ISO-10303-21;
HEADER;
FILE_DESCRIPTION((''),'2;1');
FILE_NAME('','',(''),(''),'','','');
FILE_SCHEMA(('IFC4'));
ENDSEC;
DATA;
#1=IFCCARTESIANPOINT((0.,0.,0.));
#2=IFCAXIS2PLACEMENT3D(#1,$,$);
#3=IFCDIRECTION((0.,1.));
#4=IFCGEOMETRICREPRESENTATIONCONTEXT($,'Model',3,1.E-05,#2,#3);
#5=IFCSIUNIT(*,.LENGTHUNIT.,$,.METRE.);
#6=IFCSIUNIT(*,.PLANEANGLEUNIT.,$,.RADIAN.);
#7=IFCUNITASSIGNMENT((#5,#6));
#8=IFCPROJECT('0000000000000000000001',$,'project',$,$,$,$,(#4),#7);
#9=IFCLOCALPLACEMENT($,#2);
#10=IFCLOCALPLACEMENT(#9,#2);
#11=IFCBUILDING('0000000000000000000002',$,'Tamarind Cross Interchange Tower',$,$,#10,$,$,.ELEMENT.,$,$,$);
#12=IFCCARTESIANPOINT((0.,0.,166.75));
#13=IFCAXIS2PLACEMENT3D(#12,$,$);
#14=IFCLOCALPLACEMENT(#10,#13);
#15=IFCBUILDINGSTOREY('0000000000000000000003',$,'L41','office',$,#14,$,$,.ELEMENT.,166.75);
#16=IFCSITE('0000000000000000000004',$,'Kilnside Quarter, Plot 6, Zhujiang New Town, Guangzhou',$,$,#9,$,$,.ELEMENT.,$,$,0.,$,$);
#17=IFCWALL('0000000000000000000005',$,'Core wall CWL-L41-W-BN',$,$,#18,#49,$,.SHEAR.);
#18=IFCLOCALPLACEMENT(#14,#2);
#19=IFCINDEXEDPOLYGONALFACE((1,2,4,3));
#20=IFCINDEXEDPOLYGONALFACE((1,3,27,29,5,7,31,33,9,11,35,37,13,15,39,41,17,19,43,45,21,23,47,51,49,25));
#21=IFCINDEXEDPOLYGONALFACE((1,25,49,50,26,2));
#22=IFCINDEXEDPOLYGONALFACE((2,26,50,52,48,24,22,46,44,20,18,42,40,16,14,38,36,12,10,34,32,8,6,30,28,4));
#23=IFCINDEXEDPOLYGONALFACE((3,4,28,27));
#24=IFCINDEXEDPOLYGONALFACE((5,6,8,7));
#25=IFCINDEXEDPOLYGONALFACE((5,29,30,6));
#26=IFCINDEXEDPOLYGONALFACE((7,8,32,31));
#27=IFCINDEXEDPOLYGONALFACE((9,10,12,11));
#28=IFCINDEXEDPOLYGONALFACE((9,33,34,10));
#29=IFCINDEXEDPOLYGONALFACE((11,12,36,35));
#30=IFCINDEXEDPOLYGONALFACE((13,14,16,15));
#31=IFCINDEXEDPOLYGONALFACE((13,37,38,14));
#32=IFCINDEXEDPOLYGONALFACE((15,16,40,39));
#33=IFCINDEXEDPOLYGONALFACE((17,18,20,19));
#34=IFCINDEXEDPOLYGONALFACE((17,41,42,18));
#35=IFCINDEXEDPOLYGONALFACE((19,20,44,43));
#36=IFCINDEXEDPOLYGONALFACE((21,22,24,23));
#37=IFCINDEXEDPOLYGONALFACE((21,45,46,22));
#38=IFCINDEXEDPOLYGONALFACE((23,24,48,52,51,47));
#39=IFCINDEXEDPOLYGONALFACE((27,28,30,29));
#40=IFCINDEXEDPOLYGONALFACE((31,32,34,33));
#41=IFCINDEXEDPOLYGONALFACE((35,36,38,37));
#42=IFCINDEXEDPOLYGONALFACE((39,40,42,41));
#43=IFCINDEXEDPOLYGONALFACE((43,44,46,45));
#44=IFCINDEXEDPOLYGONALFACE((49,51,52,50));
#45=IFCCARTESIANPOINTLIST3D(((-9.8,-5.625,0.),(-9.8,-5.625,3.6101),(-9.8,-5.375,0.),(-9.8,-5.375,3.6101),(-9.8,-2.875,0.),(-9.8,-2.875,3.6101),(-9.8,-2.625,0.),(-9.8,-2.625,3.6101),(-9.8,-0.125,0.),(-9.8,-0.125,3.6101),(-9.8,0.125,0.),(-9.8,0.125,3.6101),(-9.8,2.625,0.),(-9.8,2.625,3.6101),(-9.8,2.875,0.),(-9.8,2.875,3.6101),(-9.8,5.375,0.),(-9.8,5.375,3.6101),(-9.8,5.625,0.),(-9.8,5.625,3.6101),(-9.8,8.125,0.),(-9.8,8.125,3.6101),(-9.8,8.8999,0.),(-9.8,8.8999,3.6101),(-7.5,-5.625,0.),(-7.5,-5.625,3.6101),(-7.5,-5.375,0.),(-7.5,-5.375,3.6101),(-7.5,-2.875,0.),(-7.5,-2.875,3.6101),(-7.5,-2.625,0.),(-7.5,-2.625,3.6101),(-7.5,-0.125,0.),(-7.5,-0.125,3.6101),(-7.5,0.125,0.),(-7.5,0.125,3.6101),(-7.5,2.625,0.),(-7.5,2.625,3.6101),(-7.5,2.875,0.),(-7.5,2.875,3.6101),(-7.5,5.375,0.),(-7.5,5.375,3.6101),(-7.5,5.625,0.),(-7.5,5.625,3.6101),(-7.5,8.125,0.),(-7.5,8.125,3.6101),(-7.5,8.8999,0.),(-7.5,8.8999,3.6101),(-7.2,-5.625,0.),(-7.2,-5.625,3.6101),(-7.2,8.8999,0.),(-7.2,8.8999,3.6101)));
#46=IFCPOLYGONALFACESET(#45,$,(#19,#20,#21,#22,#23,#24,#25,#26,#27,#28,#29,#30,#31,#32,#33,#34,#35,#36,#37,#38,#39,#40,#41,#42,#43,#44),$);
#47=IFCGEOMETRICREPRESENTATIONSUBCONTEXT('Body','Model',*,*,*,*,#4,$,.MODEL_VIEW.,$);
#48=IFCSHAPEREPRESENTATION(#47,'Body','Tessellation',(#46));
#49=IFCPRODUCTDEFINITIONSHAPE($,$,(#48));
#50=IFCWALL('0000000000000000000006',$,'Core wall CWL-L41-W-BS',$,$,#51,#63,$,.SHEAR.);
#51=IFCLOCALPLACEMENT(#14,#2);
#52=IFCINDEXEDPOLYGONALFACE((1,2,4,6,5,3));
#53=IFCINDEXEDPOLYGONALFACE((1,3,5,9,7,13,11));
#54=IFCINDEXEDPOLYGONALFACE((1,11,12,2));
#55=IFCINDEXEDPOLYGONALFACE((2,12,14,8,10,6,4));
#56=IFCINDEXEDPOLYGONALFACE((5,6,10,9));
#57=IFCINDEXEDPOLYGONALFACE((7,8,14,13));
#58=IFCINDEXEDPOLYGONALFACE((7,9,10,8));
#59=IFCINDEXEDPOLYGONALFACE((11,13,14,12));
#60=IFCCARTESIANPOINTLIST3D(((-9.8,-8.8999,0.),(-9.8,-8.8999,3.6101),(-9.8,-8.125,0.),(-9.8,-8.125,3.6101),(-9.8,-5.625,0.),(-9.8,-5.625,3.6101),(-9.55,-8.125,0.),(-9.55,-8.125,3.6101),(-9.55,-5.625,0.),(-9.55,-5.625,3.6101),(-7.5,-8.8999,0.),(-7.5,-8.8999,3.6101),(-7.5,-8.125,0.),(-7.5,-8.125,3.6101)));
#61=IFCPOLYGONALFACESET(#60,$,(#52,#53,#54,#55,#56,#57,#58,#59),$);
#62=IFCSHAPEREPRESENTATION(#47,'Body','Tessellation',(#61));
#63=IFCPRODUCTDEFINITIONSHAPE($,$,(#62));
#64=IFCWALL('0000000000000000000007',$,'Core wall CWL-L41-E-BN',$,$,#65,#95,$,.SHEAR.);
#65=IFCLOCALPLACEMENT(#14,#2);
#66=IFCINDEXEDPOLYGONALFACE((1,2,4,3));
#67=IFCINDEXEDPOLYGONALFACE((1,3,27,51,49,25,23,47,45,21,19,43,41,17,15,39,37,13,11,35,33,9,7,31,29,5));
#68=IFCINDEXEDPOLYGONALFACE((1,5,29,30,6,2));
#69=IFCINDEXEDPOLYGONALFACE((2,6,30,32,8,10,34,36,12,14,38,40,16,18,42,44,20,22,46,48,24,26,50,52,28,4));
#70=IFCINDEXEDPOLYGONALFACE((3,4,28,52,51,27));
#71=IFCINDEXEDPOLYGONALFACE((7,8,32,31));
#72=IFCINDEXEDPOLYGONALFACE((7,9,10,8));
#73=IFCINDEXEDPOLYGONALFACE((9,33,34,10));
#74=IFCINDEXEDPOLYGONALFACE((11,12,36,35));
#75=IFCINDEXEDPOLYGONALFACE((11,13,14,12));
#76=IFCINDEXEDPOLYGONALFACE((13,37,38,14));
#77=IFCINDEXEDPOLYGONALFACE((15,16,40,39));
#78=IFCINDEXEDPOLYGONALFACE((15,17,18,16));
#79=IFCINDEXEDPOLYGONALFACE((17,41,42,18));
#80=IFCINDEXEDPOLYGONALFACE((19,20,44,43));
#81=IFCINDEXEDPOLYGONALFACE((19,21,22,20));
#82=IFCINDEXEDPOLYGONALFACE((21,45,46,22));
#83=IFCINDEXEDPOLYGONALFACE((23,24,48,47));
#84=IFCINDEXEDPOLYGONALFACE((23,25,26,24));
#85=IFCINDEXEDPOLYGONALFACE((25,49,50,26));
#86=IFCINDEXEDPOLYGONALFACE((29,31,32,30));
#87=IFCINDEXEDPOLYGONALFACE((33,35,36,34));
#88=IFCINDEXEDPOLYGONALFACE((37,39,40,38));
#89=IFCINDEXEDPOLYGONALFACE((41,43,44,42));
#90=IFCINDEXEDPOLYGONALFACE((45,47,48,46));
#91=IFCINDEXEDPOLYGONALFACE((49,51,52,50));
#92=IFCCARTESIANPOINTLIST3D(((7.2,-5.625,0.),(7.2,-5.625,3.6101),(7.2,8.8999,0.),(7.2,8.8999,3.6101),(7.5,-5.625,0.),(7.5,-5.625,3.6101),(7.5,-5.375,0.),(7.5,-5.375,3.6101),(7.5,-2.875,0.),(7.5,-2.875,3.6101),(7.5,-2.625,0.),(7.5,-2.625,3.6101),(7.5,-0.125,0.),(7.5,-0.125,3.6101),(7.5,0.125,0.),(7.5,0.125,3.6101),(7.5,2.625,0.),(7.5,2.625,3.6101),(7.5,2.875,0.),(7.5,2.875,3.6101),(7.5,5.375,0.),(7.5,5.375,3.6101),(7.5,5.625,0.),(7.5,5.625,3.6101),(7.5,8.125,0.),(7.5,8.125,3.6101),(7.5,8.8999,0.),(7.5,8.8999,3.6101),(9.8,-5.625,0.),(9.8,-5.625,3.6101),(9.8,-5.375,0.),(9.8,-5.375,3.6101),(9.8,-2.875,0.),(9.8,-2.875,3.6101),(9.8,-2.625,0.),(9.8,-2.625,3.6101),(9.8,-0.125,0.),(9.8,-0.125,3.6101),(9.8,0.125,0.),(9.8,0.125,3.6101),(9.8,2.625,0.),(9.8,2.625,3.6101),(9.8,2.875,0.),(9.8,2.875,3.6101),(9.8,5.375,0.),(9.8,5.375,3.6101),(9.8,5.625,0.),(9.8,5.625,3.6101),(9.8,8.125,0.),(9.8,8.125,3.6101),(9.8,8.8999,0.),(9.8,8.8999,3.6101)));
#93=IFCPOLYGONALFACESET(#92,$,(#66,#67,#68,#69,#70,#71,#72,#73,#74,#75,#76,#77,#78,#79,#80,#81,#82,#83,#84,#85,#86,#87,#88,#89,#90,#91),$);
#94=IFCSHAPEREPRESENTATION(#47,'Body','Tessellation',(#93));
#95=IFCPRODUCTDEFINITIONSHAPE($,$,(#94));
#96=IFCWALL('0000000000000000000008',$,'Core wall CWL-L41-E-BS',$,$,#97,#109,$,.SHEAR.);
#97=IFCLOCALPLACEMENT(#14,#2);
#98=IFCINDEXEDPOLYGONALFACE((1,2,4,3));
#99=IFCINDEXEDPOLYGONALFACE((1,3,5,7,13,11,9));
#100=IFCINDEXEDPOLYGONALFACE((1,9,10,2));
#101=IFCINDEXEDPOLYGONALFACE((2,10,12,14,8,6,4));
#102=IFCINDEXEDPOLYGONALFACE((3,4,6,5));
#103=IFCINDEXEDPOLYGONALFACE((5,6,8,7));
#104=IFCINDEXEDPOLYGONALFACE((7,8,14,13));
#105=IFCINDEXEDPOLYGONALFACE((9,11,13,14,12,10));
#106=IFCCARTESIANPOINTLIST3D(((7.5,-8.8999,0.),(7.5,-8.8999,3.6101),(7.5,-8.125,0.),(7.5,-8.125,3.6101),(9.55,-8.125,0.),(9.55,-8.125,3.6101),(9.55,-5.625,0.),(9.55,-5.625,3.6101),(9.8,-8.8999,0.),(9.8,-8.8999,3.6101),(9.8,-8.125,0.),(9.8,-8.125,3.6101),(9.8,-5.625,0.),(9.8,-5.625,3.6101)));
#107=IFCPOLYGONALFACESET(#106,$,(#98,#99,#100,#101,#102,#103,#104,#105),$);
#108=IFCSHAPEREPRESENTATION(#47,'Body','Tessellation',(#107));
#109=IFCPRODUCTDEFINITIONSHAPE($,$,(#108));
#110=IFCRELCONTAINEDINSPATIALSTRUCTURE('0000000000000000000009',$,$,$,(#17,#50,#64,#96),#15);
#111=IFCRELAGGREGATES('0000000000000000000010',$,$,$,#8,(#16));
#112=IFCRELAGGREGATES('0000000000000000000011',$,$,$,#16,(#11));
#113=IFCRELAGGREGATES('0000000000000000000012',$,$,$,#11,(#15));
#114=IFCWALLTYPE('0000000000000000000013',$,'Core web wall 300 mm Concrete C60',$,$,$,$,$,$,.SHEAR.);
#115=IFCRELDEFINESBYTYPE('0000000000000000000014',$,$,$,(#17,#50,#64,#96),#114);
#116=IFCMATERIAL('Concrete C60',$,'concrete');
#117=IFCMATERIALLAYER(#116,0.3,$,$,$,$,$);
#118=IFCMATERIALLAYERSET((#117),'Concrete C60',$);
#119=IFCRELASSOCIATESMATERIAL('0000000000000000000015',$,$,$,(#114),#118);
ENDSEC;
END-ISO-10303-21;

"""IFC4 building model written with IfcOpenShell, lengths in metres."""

from ifc_helpers import new_model, si_unit, direction, frame, origin, place, context, subcontext, project, spatial, polyline, outline, extrude, material, layer, layer_set, type_object, element, save


model = new_model("IFC4")

# Units and contexts
model_context = context("Model", 3, precision=1e-05, world=origin(), true_north=direction((0.0, 1.0)))
body_context = subcontext(model_context, "Body", "Model", "MODEL_VIEW")
ifc_project = project(units=[si_unit("LENGTHUNIT", "METRE"), si_unit("PLANEANGLEUNIT", "RADIAN")], contexts=[model_context])

# Site, building, storey
site_placement = place(None, origin())
site = spatial("IfcSite", under=ifc_project, at=site_placement, Name="Kilnside Quarter, Plot 6, Zhujiang New Town, Guangzhou", CompositionType="ELEMENT", RefElevation=0.0)
building_placement = place(site_placement, origin())
building = spatial("IfcBuilding", under=site, at=building_placement, Name="Tamarind Cross Interchange Tower", CompositionType="ELEMENT")
storey_placement = place(building_placement, frame((0.0, 0.0, 166.75)))
storey = spatial("IfcBuildingStorey", under=building, at=storey_placement, Name="L41", Description="office", CompositionType="ELEMENT", Elevation=166.75)

# Walls
ifc_material_1 = material(Name="Concrete C60", Category="concrete")
ifc_layer_1 = layer(ifc_material_1, 0.3)
ifc_layer_set_1 = layer_set([ifc_layer_1], Name="Concrete C60")
wall_type_1 = type_object("IfcWallType", Name="Core web wall 300 mm Concrete C60", PredefinedType="SHEAR", material=ifc_layer_set_1)
wall_1_placement = place(storey_placement, origin())
element("IfcWall", 1, at=wall_1_placement, inside=storey, type_object=wall_type_1, Name="Core wall CWL-L41-W-BN", PredefinedType="SHEAR", context=body_context, shape_type="SweptSolid", body=[
    extrude(outline(polyline([(-9.8, -5.375), (-9.8, -5.625), (-7.5, -5.625), (-7.2, -5.625), (-7.2, 8.8999), (-7.5, 8.8999), (-9.8, 8.8999), (-9.8, 8.125), (-7.5, 8.125), (-7.5, 5.625), (-9.8, 5.625), (-9.8, 5.375), (-7.5, 5.375), (-7.5, 2.875), (-9.8, 2.875), (-9.8, 2.625), (-7.5, 2.625), (-7.5, 0.125), (-9.8, 0.125), (-9.8, -0.125), (-7.5, -0.125), (-7.5, -2.625), (-9.8, -2.625), (-9.8, -2.875), (-7.5, -2.875), (-7.5, -5.375), (-9.8, -5.375)])), origin(), (0.0, 0.0, 1.0), 3.6101),
])
wall_2_placement = place(storey_placement, origin())
element("IfcWall", 2, at=wall_2_placement, inside=storey, type_object=wall_type_1, Name="Core wall CWL-L41-W-BS", PredefinedType="SHEAR", context=body_context, shape_type="SweptSolid", body=[
    extrude(outline(polyline([(-7.5, -8.125), (-9.55, -8.125), (-9.55, -5.625), (-9.8, -5.625), (-9.8, -8.125), (-9.8, -8.8999), (-7.5, -8.8999), (-7.5, -8.125)])), origin(), (0.0, 0.0, 1.0), 3.6101),
])
wall_3_placement = place(storey_placement, origin())
element("IfcWall", 3, at=wall_3_placement, inside=storey, type_object=wall_type_1, Name="Core wall CWL-L41-E-BN", PredefinedType="SHEAR", context=body_context, shape_type="SweptSolid", body=[
    extrude(outline(polyline([(9.8, -5.375), (7.5, -5.375), (7.5, -2.875), (9.8, -2.875), (9.8, -2.625), (7.5, -2.625), (7.5, -0.125), (9.8, -0.125), (9.8, 0.125), (7.5, 0.125), (7.5, 2.625), (9.8, 2.625), (9.8, 2.875), (7.5, 2.875), (7.5, 5.375), (9.8, 5.375), (9.8, 5.625), (7.5, 5.625), (7.5, 8.125), (9.8, 8.125), (9.8, 8.8999), (7.5, 8.8999), (7.2, 8.8999), (7.2, -5.625), (7.5, -5.625), (9.8, -5.625), (9.8, -5.375)])), origin(), (0.0, 0.0, 1.0), 3.6101),
])
wall_4_placement = place(storey_placement, origin())
element("IfcWall", 4, at=wall_4_placement, inside=storey, type_object=wall_type_1, Name="Core wall CWL-L41-E-BS", PredefinedType="SHEAR", context=body_context, shape_type="SweptSolid", body=[
    extrude(outline(polyline([(7.5, -8.125), (7.5, -8.8999), (9.8, -8.8999), (9.8, -8.125), (9.8, -5.625), (9.55, -5.625), (9.55, -8.125), (7.5, -8.125)])), origin(), (0.0, 0.0, 1.0), 3.6101),
])

save(model, "model.ifc")
